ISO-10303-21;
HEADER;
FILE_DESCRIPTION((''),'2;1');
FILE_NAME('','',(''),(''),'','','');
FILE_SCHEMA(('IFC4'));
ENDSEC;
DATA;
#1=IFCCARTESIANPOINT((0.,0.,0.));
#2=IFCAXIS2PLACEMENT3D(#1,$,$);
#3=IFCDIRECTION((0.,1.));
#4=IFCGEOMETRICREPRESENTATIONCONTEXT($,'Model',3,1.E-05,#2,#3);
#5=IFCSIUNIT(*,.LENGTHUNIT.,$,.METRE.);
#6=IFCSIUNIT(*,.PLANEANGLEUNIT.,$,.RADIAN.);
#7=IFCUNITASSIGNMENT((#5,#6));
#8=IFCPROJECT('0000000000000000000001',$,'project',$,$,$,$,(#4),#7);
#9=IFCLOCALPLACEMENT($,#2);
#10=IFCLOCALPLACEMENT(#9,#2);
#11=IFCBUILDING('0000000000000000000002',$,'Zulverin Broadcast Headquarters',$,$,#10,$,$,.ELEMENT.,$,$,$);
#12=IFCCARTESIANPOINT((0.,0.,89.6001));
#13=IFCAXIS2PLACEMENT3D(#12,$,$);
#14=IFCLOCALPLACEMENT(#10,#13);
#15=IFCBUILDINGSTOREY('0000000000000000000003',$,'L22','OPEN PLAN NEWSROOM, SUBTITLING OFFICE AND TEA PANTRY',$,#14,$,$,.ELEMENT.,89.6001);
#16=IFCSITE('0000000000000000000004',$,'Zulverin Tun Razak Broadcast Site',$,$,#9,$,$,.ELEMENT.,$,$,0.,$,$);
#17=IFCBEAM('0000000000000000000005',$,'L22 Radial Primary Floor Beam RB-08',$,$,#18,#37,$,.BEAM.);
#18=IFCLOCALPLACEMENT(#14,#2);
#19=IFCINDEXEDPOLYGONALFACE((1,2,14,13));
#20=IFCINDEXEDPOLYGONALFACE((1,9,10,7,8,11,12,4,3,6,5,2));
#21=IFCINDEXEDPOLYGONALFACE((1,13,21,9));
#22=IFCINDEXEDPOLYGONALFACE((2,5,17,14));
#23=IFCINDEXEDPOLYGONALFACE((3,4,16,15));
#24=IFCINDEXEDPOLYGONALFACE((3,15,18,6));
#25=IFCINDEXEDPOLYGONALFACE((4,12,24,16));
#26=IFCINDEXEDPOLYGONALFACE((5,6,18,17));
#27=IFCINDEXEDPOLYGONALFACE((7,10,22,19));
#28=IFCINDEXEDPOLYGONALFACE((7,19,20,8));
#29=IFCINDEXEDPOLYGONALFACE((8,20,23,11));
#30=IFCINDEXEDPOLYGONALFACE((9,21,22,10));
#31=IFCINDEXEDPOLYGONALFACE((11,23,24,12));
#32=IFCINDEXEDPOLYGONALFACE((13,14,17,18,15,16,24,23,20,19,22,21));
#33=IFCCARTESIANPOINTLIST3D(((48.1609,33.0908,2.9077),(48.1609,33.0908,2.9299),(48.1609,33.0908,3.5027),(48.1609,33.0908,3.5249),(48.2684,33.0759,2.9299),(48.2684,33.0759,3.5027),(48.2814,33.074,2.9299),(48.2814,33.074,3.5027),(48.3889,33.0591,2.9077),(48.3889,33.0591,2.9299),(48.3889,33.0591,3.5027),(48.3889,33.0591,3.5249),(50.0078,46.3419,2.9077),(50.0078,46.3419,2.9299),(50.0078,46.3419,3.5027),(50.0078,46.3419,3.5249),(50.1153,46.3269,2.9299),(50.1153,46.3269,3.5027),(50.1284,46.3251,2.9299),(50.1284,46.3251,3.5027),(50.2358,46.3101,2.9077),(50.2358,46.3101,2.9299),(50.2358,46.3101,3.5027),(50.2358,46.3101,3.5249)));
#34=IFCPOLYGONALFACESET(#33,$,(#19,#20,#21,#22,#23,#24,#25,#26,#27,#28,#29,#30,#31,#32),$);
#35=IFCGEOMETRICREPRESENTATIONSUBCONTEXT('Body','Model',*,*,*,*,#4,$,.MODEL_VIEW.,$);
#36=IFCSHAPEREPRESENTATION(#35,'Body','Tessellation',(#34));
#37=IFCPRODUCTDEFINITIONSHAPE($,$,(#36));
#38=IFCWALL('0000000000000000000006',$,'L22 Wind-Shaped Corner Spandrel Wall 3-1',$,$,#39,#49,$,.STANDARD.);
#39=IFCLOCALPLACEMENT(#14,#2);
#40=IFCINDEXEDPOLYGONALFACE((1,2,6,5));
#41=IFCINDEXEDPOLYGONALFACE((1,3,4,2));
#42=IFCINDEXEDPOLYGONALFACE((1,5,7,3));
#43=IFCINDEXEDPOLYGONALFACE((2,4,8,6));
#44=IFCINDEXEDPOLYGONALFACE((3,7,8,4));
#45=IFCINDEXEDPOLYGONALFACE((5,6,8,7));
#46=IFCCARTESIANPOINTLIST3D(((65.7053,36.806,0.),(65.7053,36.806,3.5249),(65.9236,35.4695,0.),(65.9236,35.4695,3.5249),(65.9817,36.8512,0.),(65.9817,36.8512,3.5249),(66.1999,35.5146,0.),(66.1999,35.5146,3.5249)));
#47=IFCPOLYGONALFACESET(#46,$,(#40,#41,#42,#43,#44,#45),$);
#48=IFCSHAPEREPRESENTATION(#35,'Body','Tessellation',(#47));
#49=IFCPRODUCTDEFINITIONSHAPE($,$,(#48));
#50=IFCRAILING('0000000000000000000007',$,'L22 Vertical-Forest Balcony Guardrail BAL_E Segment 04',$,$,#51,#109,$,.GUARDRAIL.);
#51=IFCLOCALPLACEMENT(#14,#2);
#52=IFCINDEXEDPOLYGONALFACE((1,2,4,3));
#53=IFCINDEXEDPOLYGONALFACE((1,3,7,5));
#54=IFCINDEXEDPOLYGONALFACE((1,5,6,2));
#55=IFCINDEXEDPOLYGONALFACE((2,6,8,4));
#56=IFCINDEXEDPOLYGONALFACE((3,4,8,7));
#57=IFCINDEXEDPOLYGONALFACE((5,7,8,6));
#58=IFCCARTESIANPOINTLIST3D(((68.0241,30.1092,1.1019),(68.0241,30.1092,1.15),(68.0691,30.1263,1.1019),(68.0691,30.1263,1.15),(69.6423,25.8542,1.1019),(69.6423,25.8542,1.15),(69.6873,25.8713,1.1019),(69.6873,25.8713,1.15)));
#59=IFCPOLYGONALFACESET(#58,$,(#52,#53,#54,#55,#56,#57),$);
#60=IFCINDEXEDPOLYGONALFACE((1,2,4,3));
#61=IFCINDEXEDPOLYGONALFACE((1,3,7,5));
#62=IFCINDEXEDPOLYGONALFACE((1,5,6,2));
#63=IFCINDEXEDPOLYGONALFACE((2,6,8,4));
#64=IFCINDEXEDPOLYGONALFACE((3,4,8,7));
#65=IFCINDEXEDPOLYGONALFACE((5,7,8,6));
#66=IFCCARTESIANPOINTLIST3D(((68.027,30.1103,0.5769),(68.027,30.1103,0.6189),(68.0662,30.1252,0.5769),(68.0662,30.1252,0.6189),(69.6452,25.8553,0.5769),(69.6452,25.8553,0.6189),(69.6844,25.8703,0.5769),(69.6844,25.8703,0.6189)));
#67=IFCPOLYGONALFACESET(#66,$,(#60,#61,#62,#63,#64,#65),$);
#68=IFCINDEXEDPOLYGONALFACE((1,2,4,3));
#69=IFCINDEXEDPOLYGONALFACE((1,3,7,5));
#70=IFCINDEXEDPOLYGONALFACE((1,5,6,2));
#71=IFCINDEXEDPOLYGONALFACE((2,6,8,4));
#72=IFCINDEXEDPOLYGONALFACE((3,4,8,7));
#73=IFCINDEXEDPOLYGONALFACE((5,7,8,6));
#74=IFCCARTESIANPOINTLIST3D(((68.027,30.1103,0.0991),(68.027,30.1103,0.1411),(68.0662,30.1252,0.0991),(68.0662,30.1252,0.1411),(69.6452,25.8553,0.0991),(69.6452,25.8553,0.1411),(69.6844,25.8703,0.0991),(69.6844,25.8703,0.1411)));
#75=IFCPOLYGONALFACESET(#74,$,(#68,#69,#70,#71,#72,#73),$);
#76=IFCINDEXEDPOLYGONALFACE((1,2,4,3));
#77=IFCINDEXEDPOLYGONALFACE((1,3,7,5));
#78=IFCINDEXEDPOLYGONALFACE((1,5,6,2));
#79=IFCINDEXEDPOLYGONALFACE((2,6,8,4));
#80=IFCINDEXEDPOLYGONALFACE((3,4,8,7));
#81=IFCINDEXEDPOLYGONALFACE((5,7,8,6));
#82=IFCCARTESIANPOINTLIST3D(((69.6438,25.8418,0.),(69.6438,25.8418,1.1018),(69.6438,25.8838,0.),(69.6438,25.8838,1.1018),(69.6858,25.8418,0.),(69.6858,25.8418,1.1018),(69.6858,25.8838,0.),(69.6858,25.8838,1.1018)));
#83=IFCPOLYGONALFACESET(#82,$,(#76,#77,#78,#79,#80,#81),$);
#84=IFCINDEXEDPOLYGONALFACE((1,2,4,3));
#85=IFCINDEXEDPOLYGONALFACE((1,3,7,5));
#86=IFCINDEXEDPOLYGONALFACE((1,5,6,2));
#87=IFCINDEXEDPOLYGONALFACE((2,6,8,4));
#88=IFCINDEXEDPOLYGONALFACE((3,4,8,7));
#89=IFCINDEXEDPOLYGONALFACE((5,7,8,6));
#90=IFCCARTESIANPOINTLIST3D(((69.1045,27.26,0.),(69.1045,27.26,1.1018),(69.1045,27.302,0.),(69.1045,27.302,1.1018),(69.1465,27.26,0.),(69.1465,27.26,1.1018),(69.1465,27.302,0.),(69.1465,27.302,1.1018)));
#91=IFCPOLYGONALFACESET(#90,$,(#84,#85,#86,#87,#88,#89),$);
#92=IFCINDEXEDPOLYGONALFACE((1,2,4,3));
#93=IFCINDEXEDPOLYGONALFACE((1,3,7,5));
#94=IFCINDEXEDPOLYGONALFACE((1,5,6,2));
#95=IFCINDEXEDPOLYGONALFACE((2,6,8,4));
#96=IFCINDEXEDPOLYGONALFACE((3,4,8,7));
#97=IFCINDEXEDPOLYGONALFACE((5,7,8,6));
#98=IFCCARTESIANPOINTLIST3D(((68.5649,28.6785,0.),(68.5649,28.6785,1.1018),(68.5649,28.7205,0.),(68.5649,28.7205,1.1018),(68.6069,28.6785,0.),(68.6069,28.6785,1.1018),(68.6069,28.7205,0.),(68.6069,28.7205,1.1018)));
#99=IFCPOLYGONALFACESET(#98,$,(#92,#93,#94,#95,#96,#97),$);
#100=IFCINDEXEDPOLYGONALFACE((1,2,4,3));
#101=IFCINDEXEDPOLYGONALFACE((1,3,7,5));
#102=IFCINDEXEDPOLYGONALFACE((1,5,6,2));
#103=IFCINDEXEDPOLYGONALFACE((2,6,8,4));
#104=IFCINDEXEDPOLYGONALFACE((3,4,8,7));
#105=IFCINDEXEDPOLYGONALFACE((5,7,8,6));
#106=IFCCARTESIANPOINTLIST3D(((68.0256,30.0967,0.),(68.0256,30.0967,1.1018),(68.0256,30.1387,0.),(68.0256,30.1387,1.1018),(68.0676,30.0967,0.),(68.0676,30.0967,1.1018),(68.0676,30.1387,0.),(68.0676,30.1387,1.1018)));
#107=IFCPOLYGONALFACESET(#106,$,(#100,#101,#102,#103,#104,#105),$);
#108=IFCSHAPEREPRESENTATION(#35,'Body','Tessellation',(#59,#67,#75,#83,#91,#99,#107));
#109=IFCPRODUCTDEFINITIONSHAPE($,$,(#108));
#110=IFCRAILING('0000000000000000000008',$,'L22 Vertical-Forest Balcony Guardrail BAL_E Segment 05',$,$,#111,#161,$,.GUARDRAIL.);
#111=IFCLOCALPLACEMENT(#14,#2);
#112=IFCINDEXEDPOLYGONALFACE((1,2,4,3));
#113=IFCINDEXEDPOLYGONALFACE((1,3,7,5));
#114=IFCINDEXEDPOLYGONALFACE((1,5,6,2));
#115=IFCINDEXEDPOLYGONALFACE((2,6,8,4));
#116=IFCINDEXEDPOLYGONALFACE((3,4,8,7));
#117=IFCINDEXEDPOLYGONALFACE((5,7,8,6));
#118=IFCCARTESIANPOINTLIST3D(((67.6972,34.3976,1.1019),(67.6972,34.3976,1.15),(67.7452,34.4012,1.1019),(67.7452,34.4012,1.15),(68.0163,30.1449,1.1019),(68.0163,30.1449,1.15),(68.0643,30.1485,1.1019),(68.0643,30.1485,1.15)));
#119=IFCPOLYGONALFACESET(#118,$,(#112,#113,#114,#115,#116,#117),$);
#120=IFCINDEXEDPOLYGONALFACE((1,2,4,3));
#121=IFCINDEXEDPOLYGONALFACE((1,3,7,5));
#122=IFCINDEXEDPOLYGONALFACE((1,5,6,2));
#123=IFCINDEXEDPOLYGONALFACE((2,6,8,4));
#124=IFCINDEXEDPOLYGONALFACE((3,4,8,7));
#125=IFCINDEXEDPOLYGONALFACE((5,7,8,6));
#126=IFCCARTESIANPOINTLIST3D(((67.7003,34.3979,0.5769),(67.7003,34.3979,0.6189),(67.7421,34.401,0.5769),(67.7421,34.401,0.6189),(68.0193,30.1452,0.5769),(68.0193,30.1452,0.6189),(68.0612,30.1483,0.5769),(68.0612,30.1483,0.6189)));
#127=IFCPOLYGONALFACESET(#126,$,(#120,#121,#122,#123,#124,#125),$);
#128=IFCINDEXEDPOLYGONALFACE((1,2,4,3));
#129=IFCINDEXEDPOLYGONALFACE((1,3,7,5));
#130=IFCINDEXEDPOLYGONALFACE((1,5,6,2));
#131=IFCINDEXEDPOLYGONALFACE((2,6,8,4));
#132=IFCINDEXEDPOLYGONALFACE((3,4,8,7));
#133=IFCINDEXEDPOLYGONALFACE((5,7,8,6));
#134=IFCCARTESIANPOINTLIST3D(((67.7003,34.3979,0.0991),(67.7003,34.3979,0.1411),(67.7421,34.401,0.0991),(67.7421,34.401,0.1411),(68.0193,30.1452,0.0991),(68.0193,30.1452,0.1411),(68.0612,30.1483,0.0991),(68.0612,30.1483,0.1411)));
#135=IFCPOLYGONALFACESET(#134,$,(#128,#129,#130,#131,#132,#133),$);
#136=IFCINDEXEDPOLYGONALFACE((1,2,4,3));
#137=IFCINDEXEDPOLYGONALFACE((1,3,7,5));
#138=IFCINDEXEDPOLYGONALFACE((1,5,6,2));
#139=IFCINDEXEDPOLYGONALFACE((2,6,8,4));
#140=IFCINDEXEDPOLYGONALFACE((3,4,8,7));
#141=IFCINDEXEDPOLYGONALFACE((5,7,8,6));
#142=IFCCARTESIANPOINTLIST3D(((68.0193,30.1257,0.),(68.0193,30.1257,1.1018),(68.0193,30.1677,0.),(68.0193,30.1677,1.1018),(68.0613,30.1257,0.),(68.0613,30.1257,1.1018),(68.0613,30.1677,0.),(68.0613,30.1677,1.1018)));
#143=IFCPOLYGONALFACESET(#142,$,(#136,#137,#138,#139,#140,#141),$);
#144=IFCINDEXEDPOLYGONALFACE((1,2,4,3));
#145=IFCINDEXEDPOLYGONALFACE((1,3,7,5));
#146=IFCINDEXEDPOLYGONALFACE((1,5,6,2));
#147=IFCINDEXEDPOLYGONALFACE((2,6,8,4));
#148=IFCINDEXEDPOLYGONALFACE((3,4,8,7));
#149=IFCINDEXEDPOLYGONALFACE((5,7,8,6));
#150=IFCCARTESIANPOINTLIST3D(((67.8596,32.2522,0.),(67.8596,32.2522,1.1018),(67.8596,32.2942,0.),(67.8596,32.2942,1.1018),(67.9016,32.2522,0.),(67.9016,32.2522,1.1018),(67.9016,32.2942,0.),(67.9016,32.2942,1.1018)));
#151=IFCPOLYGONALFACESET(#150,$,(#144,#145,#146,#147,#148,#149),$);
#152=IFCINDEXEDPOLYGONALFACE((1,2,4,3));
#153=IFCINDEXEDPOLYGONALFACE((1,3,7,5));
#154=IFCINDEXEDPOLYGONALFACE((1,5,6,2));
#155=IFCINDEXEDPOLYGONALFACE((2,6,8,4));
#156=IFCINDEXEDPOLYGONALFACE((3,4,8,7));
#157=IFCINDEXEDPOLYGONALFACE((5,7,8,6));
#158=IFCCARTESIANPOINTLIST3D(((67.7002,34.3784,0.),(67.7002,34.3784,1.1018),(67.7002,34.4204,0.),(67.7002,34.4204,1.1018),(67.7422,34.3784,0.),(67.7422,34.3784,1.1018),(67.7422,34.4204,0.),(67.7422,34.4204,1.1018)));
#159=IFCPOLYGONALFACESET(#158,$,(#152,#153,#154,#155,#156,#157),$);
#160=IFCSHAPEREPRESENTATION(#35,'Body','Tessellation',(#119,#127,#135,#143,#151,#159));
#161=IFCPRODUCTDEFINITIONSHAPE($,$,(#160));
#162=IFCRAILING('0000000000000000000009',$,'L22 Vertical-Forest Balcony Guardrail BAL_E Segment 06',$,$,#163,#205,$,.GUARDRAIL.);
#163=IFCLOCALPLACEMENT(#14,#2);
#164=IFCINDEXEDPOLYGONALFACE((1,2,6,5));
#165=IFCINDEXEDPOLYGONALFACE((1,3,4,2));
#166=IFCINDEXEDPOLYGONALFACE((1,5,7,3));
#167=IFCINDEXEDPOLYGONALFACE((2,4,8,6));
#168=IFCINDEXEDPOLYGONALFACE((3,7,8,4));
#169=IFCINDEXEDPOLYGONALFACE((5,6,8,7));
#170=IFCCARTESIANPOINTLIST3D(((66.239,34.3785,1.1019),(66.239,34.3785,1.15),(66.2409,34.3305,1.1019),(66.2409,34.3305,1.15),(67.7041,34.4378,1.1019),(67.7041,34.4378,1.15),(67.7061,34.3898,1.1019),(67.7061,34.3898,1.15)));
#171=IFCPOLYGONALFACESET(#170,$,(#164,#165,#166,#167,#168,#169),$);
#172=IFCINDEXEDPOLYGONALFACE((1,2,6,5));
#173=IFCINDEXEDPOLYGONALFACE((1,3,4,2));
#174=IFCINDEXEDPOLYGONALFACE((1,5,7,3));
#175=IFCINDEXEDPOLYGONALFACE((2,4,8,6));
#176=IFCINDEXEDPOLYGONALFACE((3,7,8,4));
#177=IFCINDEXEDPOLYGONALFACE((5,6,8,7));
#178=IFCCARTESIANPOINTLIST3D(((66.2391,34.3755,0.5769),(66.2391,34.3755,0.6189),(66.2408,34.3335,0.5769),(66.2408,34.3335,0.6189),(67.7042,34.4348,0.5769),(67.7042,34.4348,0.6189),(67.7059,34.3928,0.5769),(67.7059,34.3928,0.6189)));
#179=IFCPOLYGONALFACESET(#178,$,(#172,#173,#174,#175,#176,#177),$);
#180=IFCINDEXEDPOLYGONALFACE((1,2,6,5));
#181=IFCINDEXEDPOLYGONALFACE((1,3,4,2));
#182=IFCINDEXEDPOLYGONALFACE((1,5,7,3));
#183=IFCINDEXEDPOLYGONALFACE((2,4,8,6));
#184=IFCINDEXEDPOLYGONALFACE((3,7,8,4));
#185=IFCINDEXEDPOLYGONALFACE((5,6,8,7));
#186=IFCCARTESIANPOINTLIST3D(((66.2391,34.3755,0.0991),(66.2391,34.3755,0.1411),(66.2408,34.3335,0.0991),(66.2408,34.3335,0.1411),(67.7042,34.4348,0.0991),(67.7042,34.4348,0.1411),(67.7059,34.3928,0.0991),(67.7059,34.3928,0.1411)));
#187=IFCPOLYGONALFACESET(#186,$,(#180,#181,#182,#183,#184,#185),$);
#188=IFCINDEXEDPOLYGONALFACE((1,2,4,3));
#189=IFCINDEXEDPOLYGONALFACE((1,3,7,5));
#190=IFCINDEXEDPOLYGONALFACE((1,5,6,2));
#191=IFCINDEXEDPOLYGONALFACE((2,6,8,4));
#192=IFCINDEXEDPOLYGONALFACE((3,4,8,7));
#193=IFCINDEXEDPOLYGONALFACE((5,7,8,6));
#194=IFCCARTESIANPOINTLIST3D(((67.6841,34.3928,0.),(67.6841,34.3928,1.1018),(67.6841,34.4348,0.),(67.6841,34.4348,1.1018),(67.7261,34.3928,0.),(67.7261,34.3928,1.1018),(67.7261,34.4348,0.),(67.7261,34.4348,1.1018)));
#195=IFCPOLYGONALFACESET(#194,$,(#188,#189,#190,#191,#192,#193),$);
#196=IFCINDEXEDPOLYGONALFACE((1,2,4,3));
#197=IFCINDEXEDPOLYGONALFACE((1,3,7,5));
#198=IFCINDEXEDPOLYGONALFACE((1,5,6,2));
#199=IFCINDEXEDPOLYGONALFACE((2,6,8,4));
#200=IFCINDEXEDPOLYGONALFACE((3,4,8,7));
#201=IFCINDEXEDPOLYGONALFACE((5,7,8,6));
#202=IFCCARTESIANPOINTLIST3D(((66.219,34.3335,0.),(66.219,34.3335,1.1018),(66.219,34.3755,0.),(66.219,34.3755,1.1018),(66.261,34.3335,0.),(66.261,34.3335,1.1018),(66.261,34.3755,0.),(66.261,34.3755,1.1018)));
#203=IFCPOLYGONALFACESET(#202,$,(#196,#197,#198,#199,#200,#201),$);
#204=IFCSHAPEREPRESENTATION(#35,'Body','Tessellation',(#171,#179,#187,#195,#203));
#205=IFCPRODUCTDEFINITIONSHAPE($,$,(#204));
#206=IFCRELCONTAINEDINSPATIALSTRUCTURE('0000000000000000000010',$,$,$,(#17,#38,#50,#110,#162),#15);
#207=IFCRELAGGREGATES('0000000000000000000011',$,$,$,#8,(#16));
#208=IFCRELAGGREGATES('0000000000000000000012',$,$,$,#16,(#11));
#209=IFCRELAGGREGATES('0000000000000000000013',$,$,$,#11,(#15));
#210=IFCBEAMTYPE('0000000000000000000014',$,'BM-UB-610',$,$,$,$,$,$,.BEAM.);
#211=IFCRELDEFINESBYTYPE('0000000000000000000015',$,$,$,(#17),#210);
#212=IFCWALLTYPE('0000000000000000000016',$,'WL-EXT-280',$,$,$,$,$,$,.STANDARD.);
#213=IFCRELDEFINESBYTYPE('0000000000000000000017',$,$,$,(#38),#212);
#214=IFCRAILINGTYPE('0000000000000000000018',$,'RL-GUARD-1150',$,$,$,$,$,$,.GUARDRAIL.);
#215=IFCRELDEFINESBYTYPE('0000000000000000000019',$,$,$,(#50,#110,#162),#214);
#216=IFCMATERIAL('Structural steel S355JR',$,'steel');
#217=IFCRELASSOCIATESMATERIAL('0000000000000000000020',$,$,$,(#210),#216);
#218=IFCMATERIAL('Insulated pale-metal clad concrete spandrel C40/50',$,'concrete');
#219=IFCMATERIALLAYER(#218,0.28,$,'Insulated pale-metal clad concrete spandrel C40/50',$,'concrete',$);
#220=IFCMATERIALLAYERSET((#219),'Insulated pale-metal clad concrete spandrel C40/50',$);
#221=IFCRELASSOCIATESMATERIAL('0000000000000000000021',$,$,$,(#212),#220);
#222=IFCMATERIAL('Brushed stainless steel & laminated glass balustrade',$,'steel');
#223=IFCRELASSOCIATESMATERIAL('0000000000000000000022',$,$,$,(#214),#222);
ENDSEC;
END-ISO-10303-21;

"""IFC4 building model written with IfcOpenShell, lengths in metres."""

from ifc_helpers import new_model, si_unit, direction, frame, frame_2d, origin, origin_2d, place, context, subcontext, project, spatial, rectangle, i_section, extrude, material, layer, layer_set, material_profile, profile_set, type_object, element, save


model = new_model("IFC4")

# Units and contexts
model_context = context("Model", 3, precision=1e-05, world=origin(), true_north=direction((0.0, 1.0)))
body_context = subcontext(model_context, "Body", "Model", "MODEL_VIEW")
ifc_project = project(units=[si_unit("LENGTHUNIT", "METRE"), si_unit("PLANEANGLEUNIT", "RADIAN")], contexts=[model_context])

# Site, building, storey
site_placement = place(None, origin())
site = spatial("IfcSite", under=ifc_project, at=site_placement, Name="Zulverin Tun Razak Broadcast Site", CompositionType="ELEMENT", RefElevation=0.0)
building_placement = place(site_placement, origin())
building = spatial("IfcBuilding", under=site, at=building_placement, Name="Zulverin Broadcast Headquarters", CompositionType="ELEMENT")
storey_placement = place(building_placement, frame((0.0, 0.0, 89.6001)))
storey = spatial("IfcBuildingStorey", under=building, at=storey_placement, Name="L22", Description="OPEN PLAN NEWSROOM, SUBTITLING OFFICE AND TEA PANTRY", CompositionType="ELEMENT", Elevation=89.6001)

# Beam
ifc_material_1 = material(Name="Structural steel S355JR", Category="steel")
ifc_material_profile_1 = material_profile(ifc_material_1, i_section(OverallWidth=0.2302, OverallDepth=0.6172, WebThickness=0.0132, FlangeThickness=0.0222, at=origin_2d()), Name="Structural steel S355JR", Category="steel")
ifc_profile_set_1 = profile_set([ifc_material_profile_1], Name="Structural steel S355JR")
beam_type_1 = type_object("IfcBeamType", Name="BM-UB-610", PredefinedType="BEAM", material=ifc_profile_set_1)
beam_1_placement = place(storey_placement, frame((48.2749, 33.075, 3.2163), z_axis=(0.138046, 0.990426, 0.0), x_axis=(-0.990426, 0.138046, 0.0)))
element("IfcBeam", 1, at=beam_1_placement, inside=storey, type_object=beam_type_1, Name="L22 Radial Primary Floor Beam RB-08", PredefinedType="BEAM", context=body_context, shape_type="SweptSolid", body=[
    extrude(i_section(OverallWidth=0.2302, OverallDepth=0.6172, WebThickness=0.0132, FlangeThickness=0.0222, at=origin_2d()), origin(), (0.0, 0.0, 1.0), 13.3792),
])

# Wall
ifc_material_2 = material(Name="Insulated pale-metal clad concrete spandrel C40/50", Category="concrete")
ifc_layer_1 = layer(ifc_material_2, 0.28, Name="Insulated pale-metal clad concrete spandrel C40/50", Category="concrete")
ifc_layer_set_1 = layer_set([ifc_layer_1], Name="Insulated pale-metal clad concrete spandrel C40/50")
wall_type = type_object("IfcWallType", Name="WL-EXT-280", PredefinedType="STANDARD", material=ifc_layer_set_1)
wall_placement = place(storey_placement, frame((66.0618, 35.4919, 0.0), z_axis=(0.0, 0.0, 1.0), x_axis=(-0.161182, 0.986925, 0.0)))
element("IfcWall", 2, at=wall_placement, inside=storey, type_object=wall_type, Name="L22 Wind-Shaped Corner Spandrel Wall 3-1", PredefinedType="STANDARD", context=body_context, shape_type="SweptSolid", body=[
    extrude(rectangle(XDim=1.3542, YDim=0.28, at=frame_2d((0.6772, 0.0))), origin(), (0.0, 0.0, 1.0), 3.5249),
])

# Railings
ifc_material_3 = material(Name="Brushed stainless steel & laminated glass balustrade", Category="steel")
railing_type = type_object("IfcRailingType", Name="RL-GUARD-1150", PredefinedType="GUARDRAIL", material=ifc_material_3)
railing_1_placement = place(storey_placement, frame((69.6648, 25.8628, 0.0)))
element("IfcRailing", 3, at=railing_1_placement, inside=storey, type_object=railing_type, Name="L22 Vertical-Forest Balcony Guardrail BAL_E Segment 04", PredefinedType="GUARDRAIL", context=body_context, shape_type="SweptSolid", body=[
    extrude(rectangle(XDim=0.0481, YDim=0.0481, at=origin_2d()), frame((0.0, 0.0, 1.126), z_axis=(-0.355469, 0.934688, 0.0), x_axis=(-0.934688, -0.355469, 0.0)), (0.0, 0.0, 1.0), 4.5522),
    extrude(rectangle(XDim=0.042, YDim=0.042, at=origin_2d()), frame((0.0, 0.0, 0.5979), z_axis=(-0.355469, 0.934688, 0.0), x_axis=(-0.934688, -0.355469, 0.0)), (0.0, 0.0, 1.0), 4.5522),
    extrude(rectangle(XDim=0.042, YDim=0.042, at=origin_2d()), frame((0.0, 0.0, 0.1201), z_axis=(-0.355469, 0.934688, 0.0), x_axis=(-0.934688, -0.355469, 0.0)), (0.0, 0.0, 1.0), 4.5522),
    extrude(rectangle(XDim=0.042, YDim=0.042, at=origin_2d()), origin(), (0.0, 0.0, 1.0), 1.1018),
    extrude(rectangle(XDim=0.042, YDim=0.042, at=origin_2d()), frame((-0.5393, 1.4182, 0.0)), (0.0, 0.0, 1.0), 1.1018),
    extrude(rectangle(XDim=0.042, YDim=0.042, at=origin_2d()), frame((-1.0789, 2.8367, 0.0)), (0.0, 0.0, 1.0), 1.1018),
    extrude(rectangle(XDim=0.042, YDim=0.042, at=origin_2d()), frame((-1.6182, 4.2549, 0.0)), (0.0, 0.0, 1.0), 1.1018),
])
railing_2_placement = place(storey_placement, frame((68.0403, 30.1467, 0.0)))
element("IfcRailing", 4, at=railing_2_placement, inside=storey, type_object=railing_type, Name="L22 Vertical-Forest Balcony Guardrail BAL_E Segment 05", PredefinedType="GUARDRAIL", context=body_context, shape_type="SweptSolid", body=[
    extrude(rectangle(XDim=0.0481, YDim=0.0481, at=origin_2d()), frame((0.0, 0.0, 1.126), z_axis=(-0.074823, 0.997197, 0.0), x_axis=(-0.997197, -0.074823, 0.0)), (0.0, 0.0, 1.0), 4.2646),
    extrude(rectangle(XDim=0.042, YDim=0.042, at=origin_2d()), frame((0.0, 0.0, 0.5979), z_axis=(-0.074823, 0.997197, 0.0), x_axis=(-0.997197, -0.074823, 0.0)), (0.0, 0.0, 1.0), 4.2646),
    extrude(rectangle(XDim=0.042, YDim=0.042, at=origin_2d()), frame((0.0, 0.0, 0.1201), z_axis=(-0.074823, 0.997197, 0.0), x_axis=(-0.997197, -0.074823, 0.0)), (0.0, 0.0, 1.0), 4.2646),
    extrude(rectangle(XDim=0.042, YDim=0.042, at=origin_2d()), origin(), (0.0, 0.0, 1.0), 1.1018),
    extrude(rectangle(XDim=0.042, YDim=0.042, at=origin_2d()), frame((-0.1597, 2.1265, 0.0)), (0.0, 0.0, 1.0), 1.1018),
    extrude(rectangle(XDim=0.042, YDim=0.042, at=origin_2d()), frame((-0.3191, 4.2527, 0.0)), (0.0, 0.0, 1.0), 1.1018),
])
railing_3_placement = place(storey_placement, frame((67.7051, 34.4138, 0.0)))
element("IfcRailing", 5, at=railing_3_placement, inside=storey, type_object=railing_type, Name="L22 Vertical-Forest Balcony Guardrail BAL_E Segment 06", PredefinedType="GUARDRAIL", context=body_context, shape_type="SweptSolid", body=[
    extrude(rectangle(XDim=0.0481, YDim=0.0481, at=origin_2d()), frame((0.0, 0.0, 1.126), z_axis=(-0.999181, -0.04046, 0.0), x_axis=(0.04046, -0.999181, 0.0)), (0.0, 0.0, 1.0), 1.4663),
    extrude(rectangle(XDim=0.042, YDim=0.042, at=origin_2d()), frame((0.0, 0.0, 0.5979), z_axis=(-0.999181, -0.04046, 0.0), x_axis=(0.04046, -0.999181, 0.0)), (0.0, 0.0, 1.0), 1.4663),
    extrude(rectangle(XDim=0.042, YDim=0.042, at=origin_2d()), frame((0.0, 0.0, 0.1201), z_axis=(-0.999181, -0.04046, 0.0), x_axis=(0.04046, -0.999181, 0.0)), (0.0, 0.0, 1.0), 1.4663),
    extrude(rectangle(XDim=0.042, YDim=0.042, at=origin_2d()), origin(), (0.0, 0.0, 1.0), 1.1018),
    extrude(rectangle(XDim=0.042, YDim=0.042, at=origin_2d()), frame((-1.4651, -0.0593, 0.0)), (0.0, 0.0, 1.0), 1.1018),
])

save(model, "model.ifc")
